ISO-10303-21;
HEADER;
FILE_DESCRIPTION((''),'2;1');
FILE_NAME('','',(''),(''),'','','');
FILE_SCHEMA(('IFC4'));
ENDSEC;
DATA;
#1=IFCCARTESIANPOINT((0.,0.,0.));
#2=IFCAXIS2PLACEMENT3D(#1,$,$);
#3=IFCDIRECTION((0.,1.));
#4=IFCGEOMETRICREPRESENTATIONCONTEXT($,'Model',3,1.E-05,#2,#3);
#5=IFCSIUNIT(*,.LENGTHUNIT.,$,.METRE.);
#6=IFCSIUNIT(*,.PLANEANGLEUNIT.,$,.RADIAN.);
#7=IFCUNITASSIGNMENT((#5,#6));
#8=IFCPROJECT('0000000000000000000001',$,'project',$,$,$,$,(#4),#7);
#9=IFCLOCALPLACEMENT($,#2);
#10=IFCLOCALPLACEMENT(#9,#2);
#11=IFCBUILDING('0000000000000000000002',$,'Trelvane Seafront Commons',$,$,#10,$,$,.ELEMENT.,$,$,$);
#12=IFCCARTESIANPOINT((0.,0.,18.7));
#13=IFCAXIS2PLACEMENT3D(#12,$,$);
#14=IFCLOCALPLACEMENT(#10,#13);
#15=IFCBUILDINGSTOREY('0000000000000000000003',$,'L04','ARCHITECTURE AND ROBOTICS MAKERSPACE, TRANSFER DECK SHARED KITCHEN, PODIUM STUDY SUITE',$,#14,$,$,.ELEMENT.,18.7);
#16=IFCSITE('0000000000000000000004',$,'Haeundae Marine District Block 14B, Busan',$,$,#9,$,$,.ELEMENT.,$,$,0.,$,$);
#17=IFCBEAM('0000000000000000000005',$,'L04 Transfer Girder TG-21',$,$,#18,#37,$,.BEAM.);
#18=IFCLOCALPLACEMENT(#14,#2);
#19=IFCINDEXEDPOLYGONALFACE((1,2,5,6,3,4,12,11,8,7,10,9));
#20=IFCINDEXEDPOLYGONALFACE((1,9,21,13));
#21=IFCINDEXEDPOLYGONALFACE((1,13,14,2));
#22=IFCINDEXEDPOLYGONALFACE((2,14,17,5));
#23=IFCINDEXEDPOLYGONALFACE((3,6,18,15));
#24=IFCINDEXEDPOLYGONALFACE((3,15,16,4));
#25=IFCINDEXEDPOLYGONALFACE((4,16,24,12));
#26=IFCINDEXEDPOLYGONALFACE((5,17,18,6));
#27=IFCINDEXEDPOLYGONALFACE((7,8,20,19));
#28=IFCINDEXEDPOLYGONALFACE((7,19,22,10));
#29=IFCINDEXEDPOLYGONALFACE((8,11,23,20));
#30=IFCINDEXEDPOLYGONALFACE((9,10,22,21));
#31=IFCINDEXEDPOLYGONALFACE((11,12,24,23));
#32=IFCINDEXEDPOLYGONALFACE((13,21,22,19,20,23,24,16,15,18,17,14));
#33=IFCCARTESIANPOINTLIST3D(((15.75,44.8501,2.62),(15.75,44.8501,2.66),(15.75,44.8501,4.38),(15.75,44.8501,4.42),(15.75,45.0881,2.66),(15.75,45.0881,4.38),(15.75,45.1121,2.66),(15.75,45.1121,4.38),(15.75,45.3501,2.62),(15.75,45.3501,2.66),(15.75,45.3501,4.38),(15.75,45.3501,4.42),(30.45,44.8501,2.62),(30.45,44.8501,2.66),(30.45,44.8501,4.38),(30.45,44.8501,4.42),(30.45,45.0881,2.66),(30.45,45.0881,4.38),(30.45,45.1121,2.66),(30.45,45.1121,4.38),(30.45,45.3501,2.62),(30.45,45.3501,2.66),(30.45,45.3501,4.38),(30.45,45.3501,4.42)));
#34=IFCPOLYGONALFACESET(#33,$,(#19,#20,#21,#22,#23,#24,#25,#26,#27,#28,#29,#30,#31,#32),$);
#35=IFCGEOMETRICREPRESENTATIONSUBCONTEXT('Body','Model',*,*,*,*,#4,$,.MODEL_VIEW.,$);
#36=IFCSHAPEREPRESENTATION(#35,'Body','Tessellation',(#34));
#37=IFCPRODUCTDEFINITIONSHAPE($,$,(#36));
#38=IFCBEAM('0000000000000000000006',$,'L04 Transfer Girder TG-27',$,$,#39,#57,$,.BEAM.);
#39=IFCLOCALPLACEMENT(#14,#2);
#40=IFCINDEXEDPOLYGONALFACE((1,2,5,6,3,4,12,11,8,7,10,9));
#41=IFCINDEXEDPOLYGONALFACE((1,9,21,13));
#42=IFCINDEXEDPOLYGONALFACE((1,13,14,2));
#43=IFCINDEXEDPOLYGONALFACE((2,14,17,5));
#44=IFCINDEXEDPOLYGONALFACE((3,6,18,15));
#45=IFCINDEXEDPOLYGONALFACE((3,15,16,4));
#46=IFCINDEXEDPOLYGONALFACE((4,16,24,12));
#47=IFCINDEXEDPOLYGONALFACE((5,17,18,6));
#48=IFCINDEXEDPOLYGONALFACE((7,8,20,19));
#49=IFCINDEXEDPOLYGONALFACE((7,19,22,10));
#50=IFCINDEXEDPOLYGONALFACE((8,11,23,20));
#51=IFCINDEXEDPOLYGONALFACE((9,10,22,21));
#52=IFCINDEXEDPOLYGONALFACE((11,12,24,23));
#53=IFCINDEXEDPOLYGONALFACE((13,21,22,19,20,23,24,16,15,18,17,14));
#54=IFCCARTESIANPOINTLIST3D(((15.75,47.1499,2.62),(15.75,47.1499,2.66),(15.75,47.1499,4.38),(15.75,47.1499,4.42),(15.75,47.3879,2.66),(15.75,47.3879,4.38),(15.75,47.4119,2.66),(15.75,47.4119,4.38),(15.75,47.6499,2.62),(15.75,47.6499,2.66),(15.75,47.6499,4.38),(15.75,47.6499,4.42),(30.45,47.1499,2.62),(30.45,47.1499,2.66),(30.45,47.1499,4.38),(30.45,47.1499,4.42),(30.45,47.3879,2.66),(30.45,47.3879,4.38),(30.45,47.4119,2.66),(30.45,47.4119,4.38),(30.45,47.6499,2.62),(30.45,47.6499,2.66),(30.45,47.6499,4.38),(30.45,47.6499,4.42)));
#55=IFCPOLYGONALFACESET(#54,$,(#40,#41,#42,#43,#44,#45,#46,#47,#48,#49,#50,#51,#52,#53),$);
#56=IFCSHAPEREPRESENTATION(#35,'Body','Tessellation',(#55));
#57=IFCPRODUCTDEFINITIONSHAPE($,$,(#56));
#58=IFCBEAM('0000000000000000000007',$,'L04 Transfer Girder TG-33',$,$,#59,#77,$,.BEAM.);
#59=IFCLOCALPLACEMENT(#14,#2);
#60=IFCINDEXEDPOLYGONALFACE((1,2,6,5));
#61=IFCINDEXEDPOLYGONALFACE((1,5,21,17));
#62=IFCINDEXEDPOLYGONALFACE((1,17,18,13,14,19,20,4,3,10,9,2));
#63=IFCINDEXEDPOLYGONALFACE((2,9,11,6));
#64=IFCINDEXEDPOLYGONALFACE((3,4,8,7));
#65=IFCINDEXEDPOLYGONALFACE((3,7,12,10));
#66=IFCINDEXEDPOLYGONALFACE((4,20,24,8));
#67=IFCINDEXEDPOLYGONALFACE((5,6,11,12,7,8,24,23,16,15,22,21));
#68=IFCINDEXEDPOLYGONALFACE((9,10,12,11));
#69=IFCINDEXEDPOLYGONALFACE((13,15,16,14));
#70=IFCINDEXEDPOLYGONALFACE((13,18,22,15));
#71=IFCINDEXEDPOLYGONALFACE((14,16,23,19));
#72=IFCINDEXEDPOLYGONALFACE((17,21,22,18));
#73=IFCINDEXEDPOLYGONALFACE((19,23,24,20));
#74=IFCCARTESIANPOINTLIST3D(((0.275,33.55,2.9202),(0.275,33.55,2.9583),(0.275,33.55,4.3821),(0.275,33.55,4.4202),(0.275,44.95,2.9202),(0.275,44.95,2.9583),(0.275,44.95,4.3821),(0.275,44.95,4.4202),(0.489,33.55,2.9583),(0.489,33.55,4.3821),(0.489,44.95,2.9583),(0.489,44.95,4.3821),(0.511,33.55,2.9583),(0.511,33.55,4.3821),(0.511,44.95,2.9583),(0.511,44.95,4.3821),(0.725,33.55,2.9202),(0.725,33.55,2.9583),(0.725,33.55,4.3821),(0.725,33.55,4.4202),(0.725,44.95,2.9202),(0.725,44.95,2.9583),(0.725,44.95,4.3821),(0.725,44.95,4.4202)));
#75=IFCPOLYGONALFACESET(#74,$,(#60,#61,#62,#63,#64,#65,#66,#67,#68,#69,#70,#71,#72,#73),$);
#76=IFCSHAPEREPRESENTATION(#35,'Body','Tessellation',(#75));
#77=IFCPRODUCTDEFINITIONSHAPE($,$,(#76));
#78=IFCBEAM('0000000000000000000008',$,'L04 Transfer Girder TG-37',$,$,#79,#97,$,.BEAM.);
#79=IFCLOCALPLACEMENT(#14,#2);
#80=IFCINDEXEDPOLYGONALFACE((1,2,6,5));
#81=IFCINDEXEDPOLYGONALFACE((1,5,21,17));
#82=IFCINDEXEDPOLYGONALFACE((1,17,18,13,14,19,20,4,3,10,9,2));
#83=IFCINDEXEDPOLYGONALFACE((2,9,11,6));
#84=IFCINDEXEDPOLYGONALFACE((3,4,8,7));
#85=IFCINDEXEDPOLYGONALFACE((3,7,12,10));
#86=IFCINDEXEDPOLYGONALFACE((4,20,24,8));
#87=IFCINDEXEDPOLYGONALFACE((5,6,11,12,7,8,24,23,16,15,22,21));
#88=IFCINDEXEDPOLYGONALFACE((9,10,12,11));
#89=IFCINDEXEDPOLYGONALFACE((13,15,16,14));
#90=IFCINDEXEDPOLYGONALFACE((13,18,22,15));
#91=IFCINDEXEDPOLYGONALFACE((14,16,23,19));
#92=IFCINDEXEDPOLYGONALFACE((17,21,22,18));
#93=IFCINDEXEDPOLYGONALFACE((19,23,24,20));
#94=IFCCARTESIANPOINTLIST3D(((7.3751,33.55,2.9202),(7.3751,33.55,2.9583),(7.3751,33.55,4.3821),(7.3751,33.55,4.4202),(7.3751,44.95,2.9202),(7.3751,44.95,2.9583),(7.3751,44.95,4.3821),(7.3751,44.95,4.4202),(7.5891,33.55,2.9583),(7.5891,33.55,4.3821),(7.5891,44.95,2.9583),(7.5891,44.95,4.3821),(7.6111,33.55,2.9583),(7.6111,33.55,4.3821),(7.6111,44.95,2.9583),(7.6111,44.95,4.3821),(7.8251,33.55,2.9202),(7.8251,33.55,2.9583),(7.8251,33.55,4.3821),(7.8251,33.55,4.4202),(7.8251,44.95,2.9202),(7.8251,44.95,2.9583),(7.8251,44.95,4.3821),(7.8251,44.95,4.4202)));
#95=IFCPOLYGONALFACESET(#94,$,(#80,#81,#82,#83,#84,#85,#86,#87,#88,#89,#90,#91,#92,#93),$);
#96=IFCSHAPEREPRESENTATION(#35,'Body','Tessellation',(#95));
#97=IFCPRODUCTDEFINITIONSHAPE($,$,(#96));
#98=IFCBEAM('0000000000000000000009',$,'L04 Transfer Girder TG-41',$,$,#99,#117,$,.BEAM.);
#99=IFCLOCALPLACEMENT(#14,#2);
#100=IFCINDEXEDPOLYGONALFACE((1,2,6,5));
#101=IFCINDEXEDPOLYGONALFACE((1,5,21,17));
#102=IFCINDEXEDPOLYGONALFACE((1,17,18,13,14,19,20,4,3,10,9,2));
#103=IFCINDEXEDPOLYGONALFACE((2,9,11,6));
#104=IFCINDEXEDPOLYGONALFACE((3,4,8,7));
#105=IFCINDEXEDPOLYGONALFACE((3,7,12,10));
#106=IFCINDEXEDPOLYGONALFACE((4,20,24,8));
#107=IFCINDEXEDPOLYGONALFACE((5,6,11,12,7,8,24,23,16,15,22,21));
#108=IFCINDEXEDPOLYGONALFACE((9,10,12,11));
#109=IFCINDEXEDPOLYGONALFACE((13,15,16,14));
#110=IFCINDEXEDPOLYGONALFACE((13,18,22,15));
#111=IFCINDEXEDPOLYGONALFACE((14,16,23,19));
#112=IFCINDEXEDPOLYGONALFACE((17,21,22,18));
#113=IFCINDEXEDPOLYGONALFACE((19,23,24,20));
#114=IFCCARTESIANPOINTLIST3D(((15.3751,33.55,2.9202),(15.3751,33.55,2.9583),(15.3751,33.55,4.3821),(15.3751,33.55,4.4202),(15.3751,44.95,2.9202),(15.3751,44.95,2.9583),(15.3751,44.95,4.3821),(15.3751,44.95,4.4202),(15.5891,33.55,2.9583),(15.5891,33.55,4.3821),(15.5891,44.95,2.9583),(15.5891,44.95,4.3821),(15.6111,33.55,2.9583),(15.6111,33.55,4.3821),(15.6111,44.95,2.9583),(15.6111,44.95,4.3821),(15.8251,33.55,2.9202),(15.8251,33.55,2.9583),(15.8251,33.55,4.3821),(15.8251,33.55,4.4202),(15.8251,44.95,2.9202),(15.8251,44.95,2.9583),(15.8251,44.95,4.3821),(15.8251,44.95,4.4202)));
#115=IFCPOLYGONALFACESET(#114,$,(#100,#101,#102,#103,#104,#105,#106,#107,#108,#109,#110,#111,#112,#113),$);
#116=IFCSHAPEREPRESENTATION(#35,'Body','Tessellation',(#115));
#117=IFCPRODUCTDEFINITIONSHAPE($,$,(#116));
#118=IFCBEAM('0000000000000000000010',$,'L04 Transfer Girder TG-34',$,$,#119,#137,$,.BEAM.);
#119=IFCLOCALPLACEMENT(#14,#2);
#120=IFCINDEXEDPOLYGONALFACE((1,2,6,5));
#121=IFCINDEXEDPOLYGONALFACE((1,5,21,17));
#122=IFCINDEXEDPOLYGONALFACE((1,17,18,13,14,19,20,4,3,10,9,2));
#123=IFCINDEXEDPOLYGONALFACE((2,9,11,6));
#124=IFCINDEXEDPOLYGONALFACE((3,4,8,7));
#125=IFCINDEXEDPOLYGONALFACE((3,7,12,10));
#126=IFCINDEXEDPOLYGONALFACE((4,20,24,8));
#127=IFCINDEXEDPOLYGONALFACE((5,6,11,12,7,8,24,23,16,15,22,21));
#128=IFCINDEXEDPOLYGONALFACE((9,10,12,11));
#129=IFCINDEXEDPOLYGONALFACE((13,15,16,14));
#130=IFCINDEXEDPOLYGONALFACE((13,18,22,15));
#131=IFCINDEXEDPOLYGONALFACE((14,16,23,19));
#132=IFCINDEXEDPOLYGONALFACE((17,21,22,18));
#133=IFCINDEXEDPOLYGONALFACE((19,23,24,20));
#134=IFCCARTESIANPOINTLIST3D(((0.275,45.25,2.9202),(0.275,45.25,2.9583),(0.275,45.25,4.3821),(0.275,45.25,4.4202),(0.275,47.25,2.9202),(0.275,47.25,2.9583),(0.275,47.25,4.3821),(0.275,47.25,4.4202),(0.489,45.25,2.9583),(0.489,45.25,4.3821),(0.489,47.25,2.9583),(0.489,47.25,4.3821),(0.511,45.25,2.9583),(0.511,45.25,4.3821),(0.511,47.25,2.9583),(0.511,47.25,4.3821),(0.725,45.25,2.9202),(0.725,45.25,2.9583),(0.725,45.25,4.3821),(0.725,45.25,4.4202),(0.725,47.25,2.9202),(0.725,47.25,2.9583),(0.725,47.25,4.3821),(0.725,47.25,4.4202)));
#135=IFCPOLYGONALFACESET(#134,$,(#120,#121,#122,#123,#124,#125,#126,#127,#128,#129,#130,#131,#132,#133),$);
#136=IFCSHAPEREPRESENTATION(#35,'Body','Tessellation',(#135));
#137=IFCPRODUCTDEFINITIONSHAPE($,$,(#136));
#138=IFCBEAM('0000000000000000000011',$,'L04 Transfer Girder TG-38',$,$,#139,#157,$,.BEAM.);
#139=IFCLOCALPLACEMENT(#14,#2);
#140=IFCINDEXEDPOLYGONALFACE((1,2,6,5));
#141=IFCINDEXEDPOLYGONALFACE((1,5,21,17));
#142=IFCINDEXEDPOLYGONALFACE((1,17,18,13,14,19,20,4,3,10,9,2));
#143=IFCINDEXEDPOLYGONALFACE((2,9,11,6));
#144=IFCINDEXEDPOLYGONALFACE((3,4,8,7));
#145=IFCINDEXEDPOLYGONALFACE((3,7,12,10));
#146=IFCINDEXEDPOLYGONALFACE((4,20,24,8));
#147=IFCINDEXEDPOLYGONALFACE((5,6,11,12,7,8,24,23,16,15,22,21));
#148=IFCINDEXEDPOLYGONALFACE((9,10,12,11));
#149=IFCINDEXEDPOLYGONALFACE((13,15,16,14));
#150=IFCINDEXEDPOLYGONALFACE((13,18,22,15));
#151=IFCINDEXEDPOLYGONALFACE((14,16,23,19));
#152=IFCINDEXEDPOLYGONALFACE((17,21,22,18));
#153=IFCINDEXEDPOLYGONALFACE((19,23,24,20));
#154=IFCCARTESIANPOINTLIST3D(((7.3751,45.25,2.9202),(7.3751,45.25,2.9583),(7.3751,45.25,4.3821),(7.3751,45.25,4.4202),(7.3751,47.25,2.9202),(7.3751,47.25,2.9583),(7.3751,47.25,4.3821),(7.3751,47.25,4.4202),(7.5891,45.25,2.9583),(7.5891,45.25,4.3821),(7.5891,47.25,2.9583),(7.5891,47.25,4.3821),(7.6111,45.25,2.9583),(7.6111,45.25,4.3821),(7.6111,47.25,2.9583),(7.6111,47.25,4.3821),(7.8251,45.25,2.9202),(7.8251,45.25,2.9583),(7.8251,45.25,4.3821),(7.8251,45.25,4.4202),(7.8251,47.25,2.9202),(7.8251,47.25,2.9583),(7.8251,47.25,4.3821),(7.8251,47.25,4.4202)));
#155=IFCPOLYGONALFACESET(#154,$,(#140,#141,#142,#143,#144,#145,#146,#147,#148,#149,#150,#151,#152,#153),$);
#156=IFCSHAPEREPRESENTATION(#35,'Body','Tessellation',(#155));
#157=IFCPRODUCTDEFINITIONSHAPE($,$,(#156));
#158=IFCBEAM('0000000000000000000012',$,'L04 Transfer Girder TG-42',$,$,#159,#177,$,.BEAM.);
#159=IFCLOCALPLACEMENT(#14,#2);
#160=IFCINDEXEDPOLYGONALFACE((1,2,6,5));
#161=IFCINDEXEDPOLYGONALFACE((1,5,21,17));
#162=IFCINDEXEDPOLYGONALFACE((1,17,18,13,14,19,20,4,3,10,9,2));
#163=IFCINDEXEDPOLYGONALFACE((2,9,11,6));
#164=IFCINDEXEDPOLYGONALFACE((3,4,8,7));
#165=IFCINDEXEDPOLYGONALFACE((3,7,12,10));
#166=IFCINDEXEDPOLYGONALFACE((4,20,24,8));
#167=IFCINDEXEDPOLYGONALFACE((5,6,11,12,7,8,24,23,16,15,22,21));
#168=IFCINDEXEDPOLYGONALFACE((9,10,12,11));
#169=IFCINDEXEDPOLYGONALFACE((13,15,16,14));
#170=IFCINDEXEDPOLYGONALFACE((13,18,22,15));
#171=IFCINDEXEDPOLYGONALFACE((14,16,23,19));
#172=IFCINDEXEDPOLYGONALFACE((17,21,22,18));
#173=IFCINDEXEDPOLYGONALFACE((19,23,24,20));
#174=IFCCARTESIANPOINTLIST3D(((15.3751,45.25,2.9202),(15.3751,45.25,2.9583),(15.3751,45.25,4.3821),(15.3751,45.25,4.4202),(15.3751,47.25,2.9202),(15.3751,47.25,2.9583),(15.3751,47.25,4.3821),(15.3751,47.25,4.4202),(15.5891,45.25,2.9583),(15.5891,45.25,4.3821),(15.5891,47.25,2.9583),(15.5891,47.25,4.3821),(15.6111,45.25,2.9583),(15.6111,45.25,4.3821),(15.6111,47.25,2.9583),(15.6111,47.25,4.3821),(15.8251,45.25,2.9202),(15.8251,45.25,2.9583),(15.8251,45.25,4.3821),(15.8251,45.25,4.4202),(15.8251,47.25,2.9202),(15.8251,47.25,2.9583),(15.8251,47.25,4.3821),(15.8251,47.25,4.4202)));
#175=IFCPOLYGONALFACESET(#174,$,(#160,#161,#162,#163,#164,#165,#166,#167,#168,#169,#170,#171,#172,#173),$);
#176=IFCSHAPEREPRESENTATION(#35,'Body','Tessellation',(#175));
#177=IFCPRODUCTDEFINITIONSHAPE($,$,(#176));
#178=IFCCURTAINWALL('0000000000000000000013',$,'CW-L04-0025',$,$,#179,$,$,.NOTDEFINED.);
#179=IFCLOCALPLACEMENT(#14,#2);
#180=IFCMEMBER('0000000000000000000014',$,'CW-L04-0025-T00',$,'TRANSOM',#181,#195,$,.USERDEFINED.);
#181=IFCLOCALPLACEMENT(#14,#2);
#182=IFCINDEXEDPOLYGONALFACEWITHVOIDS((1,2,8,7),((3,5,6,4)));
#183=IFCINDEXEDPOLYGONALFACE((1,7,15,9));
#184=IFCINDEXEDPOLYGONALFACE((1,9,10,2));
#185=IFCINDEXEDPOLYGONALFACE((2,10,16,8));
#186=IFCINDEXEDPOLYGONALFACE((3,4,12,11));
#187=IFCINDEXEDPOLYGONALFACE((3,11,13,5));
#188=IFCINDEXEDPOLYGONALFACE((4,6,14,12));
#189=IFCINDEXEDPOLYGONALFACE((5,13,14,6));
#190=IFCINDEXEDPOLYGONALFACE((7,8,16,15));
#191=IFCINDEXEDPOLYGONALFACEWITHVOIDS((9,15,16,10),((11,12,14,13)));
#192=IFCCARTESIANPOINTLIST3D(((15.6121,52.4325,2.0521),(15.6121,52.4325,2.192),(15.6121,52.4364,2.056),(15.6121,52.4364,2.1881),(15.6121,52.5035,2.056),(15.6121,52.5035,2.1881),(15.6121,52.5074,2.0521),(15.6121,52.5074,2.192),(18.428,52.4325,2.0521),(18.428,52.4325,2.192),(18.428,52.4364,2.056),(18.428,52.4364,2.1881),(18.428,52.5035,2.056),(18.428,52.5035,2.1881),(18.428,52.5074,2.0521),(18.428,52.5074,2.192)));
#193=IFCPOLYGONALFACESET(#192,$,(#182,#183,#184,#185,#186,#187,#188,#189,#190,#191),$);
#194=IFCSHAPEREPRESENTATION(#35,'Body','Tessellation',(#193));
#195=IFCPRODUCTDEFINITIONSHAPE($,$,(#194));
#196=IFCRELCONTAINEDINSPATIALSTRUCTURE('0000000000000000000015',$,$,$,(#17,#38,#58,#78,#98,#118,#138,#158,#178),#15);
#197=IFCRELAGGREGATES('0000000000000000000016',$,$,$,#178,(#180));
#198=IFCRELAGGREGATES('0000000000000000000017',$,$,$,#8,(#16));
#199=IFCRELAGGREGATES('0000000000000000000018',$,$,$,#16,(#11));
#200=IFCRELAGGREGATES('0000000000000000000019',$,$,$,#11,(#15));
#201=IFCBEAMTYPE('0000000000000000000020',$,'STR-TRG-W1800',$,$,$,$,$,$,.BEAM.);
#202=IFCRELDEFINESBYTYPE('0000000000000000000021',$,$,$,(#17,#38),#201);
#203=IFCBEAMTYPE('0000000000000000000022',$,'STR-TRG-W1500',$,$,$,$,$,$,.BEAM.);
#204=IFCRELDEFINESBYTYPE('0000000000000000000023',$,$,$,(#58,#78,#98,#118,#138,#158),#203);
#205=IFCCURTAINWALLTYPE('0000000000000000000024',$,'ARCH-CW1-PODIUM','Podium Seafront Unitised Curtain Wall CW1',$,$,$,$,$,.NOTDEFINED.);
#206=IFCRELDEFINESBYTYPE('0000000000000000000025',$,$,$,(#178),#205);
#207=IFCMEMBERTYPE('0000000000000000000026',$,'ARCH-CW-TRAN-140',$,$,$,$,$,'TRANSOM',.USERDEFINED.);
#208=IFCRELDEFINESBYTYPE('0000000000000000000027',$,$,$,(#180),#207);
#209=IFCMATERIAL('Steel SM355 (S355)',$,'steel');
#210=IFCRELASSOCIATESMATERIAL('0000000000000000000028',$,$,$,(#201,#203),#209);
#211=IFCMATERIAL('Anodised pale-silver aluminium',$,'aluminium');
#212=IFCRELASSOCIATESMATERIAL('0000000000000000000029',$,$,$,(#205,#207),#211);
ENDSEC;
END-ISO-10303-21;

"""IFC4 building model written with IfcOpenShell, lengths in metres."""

from ifc_helpers import new_model, si_unit, direction, frame, origin, origin_2d, place, context, subcontext, project, spatial, hollow_rectangle, i_section, extrude, source, transform, mapped, material, material_profile, profile_set, type_object, element, aggregate, save


model = new_model("IFC4")

# Units and contexts
model_context = context("Model", 3, precision=1e-05, world=origin(), true_north=direction((0.0, 1.0)))
body_context = subcontext(model_context, "Body", "Model", "MODEL_VIEW")
ifc_project = project(units=[si_unit("LENGTHUNIT", "METRE"), si_unit("PLANEANGLEUNIT", "RADIAN")], contexts=[model_context])

# Site, building, storey
site_placement = place(None, origin())
site = spatial("IfcSite", under=ifc_project, at=site_placement, Name="Haeundae Marine District Block 14B, Busan", CompositionType="ELEMENT", RefElevation=0.0)
building_placement = place(site_placement, origin())
building = spatial("IfcBuilding", under=site, at=building_placement, Name="Trelvane Seafront Commons", CompositionType="ELEMENT")
storey_placement = place(building_placement, frame((0.0, 0.0, 18.7)))
storey = spatial("IfcBuildingStorey", under=building, at=storey_placement, Name="L04", Description="ARCHITECTURE AND ROBOTICS MAKERSPACE, TRANSFER DECK SHARED KITCHEN, PODIUM STUDY SUITE", CompositionType="ELEMENT", Elevation=18.7)

# Beams
ifc_material_1 = material(Name="Steel SM355 (S355)", Category="steel")
ifc_material_profile_1 = material_profile(ifc_material_1, i_section(OverallWidth=0.5, OverallDepth=1.8, WebThickness=0.0239, FlangeThickness=0.04, at=origin_2d()), Name="W-1800x500x24x40")
ifc_profile_set_1 = profile_set([ifc_material_profile_1], Name="Steel SM355 (S355)")
beam_type_1 = type_object("IfcBeamType", Name="STR-TRG-W1800", PredefinedType="BEAM", material=ifc_profile_set_1)
shared_shape_1 = source(origin(), body_context, "Body", "SweptSolid", [
    extrude(i_section(OverallWidth=0.5, OverallDepth=1.8, WebThickness=0.0239, FlangeThickness=0.04, at=origin_2d()), origin(), (0.0, 0.0, 1.0), 14.7),
])
for number, where, z_axis, x_axis, name in (
    (1, (15.75, 45.1001, 3.52), (1.0, 0.0, 0.0), (0.0, 1.0, 0.0), "L04 Transfer Girder TG-21"),
    (2, (15.75, 47.3999, 3.52), (1.0, 0.0, 0.0), (0.0, 1.0, 0.0), "L04 Transfer Girder TG-27"),
):
    element("IfcBeam", number, at=place(storey_placement, frame(where, z_axis=z_axis, x_axis=x_axis)), inside=storey, type_object=beam_type_1, Name=name, PredefinedType="BEAM", context=body_context, shape_type="MappedRepresentation", body=[
        mapped(shared_shape_1, transform((0.0, 0.0, 0.0), x_axis=(1.0, 0.0, 0.0), y_axis=(0.0, 1.0, 0.0), z_axis=(0.0, 0.0, 1.0), scale=1.0)),
    ])
ifc_material_profile_2 = material_profile(ifc_material_1, i_section(OverallWidth=0.45, OverallDepth=1.5, WebThickness=0.022, FlangeThickness=0.0381, at=origin_2d()), Name="W-1500x450x22x38")
ifc_profile_set_2 = profile_set([ifc_material_profile_2], Name="Steel SM355 (S355)")
beam_type_2 = type_object("IfcBeamType", Name="STR-TRG-W1500", PredefinedType="BEAM", material=ifc_profile_set_2)
shared_shape_2 = source(origin(), body_context, "Body", "SweptSolid", [
    extrude(i_section(OverallWidth=0.45, OverallDepth=1.5, WebThickness=0.022, FlangeThickness=0.0381, at=origin_2d()), origin(), (0.0, 0.0, 1.0), 11.3999),
])
for number, where, z_axis, x_axis, name in (
    (3, (0.5, 33.55, 3.6702), (0.0, 1.0, 0.0), (-1.0, 0.0, 0.0), "L04 Transfer Girder TG-33"),
    (4, (7.6001, 33.55, 3.6702), (0.0, 1.0, 0.0), (-1.0, 0.0, 0.0), "L04 Transfer Girder TG-37"),
    (5, (15.6001, 33.55, 3.6702), (0.0, 1.0, 0.0), (-1.0, 0.0, 0.0), "L04 Transfer Girder TG-41"),
):
    element("IfcBeam", number, at=place(storey_placement, frame(where, z_axis=z_axis, x_axis=x_axis)), inside=storey, type_object=beam_type_2, Name=name, PredefinedType="BEAM", context=body_context, shape_type="MappedRepresentation", body=[
        mapped(shared_shape_2, transform((0.0, 0.0, 0.0), x_axis=(1.0, 0.0, 0.0), y_axis=(0.0, 1.0, 0.0), z_axis=(0.0, 0.0, 1.0), scale=1.0)),
    ])
shared_shape_3 = source(origin(), body_context, "Body", "SweptSolid", [
    extrude(i_section(OverallWidth=0.45, OverallDepth=1.5, WebThickness=0.022, FlangeThickness=0.0381, at=origin_2d()), origin(), (0.0, 0.0, 1.0), 2.0),
])
for number, where, z_axis, x_axis, name in (
    (6, (0.5, 45.25, 3.6702), (0.0, 1.0, 0.0), (-1.0, 0.0, 0.0), "L04 Transfer Girder TG-34"),
    (7, (7.6001, 45.25, 3.6702), (0.0, 1.0, 0.0), (-1.0, 0.0, 0.0), "L04 Transfer Girder TG-38"),
    (8, (15.6001, 45.25, 3.6702), (0.0, 1.0, 0.0), (-1.0, 0.0, 0.0), "L04 Transfer Girder TG-42"),
):
    element("IfcBeam", number, at=place(storey_placement, frame(where, z_axis=z_axis, x_axis=x_axis)), inside=storey, type_object=beam_type_2, Name=name, PredefinedType="BEAM", context=body_context, shape_type="MappedRepresentation", body=[
        mapped(shared_shape_3, transform((0.0, 0.0, 0.0), x_axis=(1.0, 0.0, 0.0), y_axis=(0.0, 1.0, 0.0), z_axis=(0.0, 0.0, 1.0), scale=1.0)),
    ])

# Curtain wall, member
ifc_material_2 = material(Name="Anodised pale-silver aluminium", Category="aluminium")
curtain_wall_type = type_object("IfcCurtainWallType", Name="ARCH-CW1-PODIUM", Description="Podium Seafront Unitised Curtain Wall CW1", PredefinedType="NOTDEFINED", material=ifc_material_2)
curtain_wall_placement = place(storey_placement, origin())
curtain_wall = element("IfcCurtainWall", 9, at=curtain_wall_placement, inside=storey, type_object=curtain_wall_type, Name="CW-L04-0025", PredefinedType="NOTDEFINED")
ifc_material_profile_3 = material_profile(ifc_material_2, hollow_rectangle(XDim=0.075, YDim=0.1399, WallThickness=0.0039, at=origin_2d()), Name="TRAN-75x140x4")
ifc_profile_set_3 = profile_set([ifc_material_profile_3], Name="Anodised pale-silver aluminium")
member_type_1 = type_object("IfcMemberType", Name="ARCH-CW-TRAN-140", ElementType="TRANSOM", PredefinedType="USERDEFINED", material=ifc_profile_set_3)
shared_shape_4 = source(origin(), body_context, "Body", "SweptSolid", [
    extrude(hollow_rectangle(XDim=0.075, YDim=0.1399, WallThickness=0.0039, at=origin_2d()), origin(), (0.0, 0.0, 1.0), 2.8159),
])
member_1_placement = place(storey_placement, frame((15.6121, 52.47, 2.1221), z_axis=(1.0, 0.0, 0.0), x_axis=(0.0, 1.0, 0.0)))
member_1 = element("IfcMember", 10, at=member_1_placement, type_object=member_type_1, Name="CW-L04-0025-T00", ObjectType="TRANSOM", PredefinedType="USERDEFINED", context=body_context, shape_type="MappedRepresentation", body=[
    mapped(shared_shape_4, transform((0.0, 0.0, 0.0), x_axis=(1.0, 0.0, 0.0), y_axis=(0.0, 1.0, 0.0), z_axis=(0.0, 0.0, 1.0), scale=1.0)),
])
aggregate(curtain_wall, [member_1])

save(model, "model.ifc")
